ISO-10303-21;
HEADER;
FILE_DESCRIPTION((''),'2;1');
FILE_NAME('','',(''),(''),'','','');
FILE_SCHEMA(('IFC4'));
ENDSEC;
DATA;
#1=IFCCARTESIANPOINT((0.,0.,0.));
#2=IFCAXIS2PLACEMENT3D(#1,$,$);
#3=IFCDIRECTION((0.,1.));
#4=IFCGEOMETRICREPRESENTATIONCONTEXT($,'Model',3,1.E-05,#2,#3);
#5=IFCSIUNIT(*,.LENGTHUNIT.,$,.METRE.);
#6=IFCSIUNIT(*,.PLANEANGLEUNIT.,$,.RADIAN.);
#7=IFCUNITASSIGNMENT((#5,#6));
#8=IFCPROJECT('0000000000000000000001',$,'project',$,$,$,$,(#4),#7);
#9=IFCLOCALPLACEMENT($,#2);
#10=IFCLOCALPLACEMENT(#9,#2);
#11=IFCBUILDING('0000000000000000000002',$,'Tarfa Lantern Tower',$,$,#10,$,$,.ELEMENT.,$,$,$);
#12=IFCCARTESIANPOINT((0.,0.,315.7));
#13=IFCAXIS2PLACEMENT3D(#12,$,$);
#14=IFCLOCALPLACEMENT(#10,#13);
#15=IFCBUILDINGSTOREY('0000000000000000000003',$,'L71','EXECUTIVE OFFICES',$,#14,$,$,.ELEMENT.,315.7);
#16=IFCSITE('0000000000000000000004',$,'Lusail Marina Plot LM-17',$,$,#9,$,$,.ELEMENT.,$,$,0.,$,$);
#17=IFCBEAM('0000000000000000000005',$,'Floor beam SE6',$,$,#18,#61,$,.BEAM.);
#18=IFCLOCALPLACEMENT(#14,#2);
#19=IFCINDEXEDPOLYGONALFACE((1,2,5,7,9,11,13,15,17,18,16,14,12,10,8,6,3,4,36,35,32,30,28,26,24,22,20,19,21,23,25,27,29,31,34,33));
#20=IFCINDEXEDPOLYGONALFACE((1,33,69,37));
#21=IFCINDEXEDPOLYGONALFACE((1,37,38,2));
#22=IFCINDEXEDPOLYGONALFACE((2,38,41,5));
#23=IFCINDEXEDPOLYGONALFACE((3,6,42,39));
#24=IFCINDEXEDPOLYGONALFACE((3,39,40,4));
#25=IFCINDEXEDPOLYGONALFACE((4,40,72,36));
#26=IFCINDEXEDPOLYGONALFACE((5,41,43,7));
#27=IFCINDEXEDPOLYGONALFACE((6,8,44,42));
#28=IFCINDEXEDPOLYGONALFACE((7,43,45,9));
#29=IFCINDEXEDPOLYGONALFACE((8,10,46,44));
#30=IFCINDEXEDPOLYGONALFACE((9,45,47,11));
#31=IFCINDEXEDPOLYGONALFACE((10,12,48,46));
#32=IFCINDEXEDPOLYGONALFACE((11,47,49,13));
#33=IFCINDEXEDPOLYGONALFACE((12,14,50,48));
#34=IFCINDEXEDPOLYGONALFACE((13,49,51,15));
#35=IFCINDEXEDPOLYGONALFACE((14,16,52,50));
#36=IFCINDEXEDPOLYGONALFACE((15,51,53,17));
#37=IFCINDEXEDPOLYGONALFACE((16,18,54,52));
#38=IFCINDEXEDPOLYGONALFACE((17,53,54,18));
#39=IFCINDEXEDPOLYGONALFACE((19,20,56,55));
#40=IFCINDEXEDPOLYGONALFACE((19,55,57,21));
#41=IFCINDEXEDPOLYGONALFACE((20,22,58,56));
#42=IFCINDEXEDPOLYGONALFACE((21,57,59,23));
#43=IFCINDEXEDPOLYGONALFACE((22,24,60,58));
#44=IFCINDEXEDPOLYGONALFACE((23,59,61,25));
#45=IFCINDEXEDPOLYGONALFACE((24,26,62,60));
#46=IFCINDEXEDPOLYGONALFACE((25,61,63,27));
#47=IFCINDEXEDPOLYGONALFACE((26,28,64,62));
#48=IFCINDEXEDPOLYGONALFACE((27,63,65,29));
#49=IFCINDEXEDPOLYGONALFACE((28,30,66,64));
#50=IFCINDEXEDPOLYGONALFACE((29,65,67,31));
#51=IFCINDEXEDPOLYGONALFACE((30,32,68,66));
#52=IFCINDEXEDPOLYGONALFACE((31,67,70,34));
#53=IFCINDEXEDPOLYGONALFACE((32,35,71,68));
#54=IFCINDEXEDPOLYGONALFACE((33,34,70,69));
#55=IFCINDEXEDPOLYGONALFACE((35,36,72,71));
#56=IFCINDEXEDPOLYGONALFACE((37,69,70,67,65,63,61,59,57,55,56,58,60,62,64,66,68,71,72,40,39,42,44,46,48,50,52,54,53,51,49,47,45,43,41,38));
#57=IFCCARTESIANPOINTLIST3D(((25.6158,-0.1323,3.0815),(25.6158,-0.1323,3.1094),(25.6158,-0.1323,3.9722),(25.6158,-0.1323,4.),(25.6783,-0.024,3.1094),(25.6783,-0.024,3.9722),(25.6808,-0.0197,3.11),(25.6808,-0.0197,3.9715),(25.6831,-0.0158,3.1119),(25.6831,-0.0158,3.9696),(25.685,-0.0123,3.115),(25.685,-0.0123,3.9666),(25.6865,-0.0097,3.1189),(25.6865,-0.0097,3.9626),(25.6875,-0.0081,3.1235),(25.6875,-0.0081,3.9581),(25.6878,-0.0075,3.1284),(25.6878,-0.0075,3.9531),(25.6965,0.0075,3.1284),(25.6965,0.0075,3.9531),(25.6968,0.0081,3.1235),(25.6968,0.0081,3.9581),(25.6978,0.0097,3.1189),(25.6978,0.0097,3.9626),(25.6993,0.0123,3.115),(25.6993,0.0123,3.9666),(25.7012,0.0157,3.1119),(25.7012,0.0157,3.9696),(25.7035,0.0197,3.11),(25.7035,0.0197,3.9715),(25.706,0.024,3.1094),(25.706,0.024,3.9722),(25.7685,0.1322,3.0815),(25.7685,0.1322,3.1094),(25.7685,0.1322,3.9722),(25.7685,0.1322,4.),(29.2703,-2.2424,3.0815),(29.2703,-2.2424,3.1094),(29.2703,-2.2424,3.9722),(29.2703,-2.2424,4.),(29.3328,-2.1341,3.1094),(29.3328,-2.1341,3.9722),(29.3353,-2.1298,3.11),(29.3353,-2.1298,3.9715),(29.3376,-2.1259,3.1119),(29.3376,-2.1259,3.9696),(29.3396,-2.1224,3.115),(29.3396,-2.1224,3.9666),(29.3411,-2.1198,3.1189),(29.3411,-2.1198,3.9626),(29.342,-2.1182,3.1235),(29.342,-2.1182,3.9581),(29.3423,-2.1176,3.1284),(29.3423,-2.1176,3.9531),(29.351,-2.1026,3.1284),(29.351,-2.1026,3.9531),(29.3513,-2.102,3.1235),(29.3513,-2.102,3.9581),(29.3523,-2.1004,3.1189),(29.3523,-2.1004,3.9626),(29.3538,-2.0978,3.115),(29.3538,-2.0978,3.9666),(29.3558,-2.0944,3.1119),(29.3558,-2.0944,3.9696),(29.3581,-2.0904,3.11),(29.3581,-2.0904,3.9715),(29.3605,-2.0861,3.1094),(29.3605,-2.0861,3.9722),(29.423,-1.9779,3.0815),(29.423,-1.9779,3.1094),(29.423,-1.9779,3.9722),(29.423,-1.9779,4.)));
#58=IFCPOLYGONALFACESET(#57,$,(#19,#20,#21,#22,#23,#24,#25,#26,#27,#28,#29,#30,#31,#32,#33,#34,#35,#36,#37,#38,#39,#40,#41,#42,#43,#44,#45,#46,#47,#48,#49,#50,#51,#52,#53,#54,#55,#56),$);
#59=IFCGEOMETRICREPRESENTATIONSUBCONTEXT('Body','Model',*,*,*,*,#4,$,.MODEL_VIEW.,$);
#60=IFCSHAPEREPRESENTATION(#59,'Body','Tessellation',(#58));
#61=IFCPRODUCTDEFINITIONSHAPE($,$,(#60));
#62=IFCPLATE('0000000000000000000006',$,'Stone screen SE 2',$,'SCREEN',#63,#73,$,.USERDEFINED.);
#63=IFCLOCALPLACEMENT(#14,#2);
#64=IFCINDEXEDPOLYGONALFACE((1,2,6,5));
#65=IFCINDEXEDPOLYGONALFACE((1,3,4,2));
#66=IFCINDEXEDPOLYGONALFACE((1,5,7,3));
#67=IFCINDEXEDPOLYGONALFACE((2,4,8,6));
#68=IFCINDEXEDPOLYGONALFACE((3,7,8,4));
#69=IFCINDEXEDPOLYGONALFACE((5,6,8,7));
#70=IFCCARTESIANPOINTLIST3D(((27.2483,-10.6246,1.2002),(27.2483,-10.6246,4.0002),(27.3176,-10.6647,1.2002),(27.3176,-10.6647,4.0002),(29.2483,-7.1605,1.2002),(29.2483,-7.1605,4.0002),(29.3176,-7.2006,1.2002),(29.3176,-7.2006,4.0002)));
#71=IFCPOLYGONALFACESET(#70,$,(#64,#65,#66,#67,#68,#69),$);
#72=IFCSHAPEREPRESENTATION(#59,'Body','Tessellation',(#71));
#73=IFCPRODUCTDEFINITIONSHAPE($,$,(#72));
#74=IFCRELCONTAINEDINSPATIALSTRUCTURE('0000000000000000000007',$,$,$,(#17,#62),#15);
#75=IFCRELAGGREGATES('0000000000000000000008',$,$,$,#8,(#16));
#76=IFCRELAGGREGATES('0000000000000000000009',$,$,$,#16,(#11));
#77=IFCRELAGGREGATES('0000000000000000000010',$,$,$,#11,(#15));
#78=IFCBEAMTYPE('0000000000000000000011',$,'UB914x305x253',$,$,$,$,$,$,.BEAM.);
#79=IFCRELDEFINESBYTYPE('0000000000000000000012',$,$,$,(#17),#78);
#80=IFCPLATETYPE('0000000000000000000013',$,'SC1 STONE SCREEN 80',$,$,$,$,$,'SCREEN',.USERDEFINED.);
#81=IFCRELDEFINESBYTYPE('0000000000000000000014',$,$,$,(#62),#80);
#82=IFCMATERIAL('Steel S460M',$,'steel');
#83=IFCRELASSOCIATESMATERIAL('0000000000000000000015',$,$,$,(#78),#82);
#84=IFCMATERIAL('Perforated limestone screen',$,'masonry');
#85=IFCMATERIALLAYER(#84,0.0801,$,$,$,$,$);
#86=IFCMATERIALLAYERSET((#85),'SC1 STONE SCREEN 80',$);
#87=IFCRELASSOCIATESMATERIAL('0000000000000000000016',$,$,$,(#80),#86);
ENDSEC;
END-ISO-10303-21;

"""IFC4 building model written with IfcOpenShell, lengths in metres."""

from ifc_helpers import new_model, si_unit, direction, frame, origin, origin_2d, place, context, subcontext, project, spatial, rectangle, i_section, extrude, material, layer, layer_set, material_profile, profile_set, type_object, element, save


model = new_model("IFC4")

# Units and contexts
model_context = context("Model", 3, precision=1e-05, world=origin(), true_north=direction((0.0, 1.0)))
body_context = subcontext(model_context, "Body", "Model", "MODEL_VIEW")
ifc_project = project(units=[si_unit("LENGTHUNIT", "METRE"), si_unit("PLANEANGLEUNIT", "RADIAN")], contexts=[model_context])

# Site, building, storey
site_placement = place(None, origin())
site = spatial("IfcSite", under=ifc_project, at=site_placement, Name="Lusail Marina Plot LM-17", CompositionType="ELEMENT", RefElevation=0.0)
building_placement = place(site_placement, origin())
building = spatial("IfcBuilding", under=site, at=building_placement, Name="Tarfa Lantern Tower", CompositionType="ELEMENT")
storey_placement = place(building_placement, frame((0.0, 0.0, 315.7)))
storey = spatial("IfcBuildingStorey", under=building, at=storey_placement, Name="L71", Description="EXECUTIVE OFFICES", CompositionType="ELEMENT", Elevation=315.7)

# Beam
ifc_material_1 = material(Name="Steel S460M", Category="steel")
ifc_material_profile_1 = material_profile(ifc_material_1, i_section(OverallWidth=0.3054, OverallDepth=0.9185, WebThickness=0.0173, FlangeThickness=0.0278, FilletRadius=0.019, at=origin_2d()), Name="UB914x305x253")
ifc_profile_set_1 = profile_set([ifc_material_profile_1], Name="Steel S460M")
beam_type_1 = type_object("IfcBeamType", Name="UB914x305x253", PredefinedType="BEAM", material=ifc_profile_set_1)
beam_1_placement = place(storey_placement, frame((29.3467, -2.1101, 3.5408), z_axis=(-0.866009, 0.500028, 0.0), x_axis=(-0.500028, -0.866009, 0.0)))
element("IfcBeam", 1, at=beam_1_placement, inside=storey, type_object=beam_type_1, Name="Floor beam SE6", PredefinedType="BEAM", context=body_context, shape_type="SweptSolid", body=[
    extrude(i_section(OverallWidth=0.3054, OverallDepth=0.9185, WebThickness=0.0173, FlangeThickness=0.0278, FilletRadius=0.019, at=origin_2d()), origin(), (0.0, 0.0, 1.0), 4.22),
])

# Plate
ifc_material_2 = material(Name="Perforated limestone screen", Category="masonry")
ifc_layer = layer(ifc_material_2, 0.0801)
ifc_layer_set = layer_set([ifc_layer], Name="SC1 STONE SCREEN 80")
plate_type = type_object("IfcPlateType", Name="SC1 STONE SCREEN 80", ElementType="SCREEN", PredefinedType="USERDEFINED", material=ifc_layer_set)
plate_placement = place(storey_placement, frame((28.283, -8.9126, 1.2002), z_axis=(0.0, 0.0, 1.0), x_axis=(0.5, 0.866025, 0.0)))
element("IfcPlate", 2, at=plate_placement, inside=storey, type_object=plate_type, Name="Stone screen SE 2", ObjectType="SCREEN", PredefinedType="USERDEFINED", context=body_context, shape_type="SweptSolid", body=[
    extrude(rectangle(XDim=4.0, YDim=0.0801, at=origin_2d()), origin(), (0.0, 0.0, 1.0), 2.8),
])

save(model, "model.ifc")
